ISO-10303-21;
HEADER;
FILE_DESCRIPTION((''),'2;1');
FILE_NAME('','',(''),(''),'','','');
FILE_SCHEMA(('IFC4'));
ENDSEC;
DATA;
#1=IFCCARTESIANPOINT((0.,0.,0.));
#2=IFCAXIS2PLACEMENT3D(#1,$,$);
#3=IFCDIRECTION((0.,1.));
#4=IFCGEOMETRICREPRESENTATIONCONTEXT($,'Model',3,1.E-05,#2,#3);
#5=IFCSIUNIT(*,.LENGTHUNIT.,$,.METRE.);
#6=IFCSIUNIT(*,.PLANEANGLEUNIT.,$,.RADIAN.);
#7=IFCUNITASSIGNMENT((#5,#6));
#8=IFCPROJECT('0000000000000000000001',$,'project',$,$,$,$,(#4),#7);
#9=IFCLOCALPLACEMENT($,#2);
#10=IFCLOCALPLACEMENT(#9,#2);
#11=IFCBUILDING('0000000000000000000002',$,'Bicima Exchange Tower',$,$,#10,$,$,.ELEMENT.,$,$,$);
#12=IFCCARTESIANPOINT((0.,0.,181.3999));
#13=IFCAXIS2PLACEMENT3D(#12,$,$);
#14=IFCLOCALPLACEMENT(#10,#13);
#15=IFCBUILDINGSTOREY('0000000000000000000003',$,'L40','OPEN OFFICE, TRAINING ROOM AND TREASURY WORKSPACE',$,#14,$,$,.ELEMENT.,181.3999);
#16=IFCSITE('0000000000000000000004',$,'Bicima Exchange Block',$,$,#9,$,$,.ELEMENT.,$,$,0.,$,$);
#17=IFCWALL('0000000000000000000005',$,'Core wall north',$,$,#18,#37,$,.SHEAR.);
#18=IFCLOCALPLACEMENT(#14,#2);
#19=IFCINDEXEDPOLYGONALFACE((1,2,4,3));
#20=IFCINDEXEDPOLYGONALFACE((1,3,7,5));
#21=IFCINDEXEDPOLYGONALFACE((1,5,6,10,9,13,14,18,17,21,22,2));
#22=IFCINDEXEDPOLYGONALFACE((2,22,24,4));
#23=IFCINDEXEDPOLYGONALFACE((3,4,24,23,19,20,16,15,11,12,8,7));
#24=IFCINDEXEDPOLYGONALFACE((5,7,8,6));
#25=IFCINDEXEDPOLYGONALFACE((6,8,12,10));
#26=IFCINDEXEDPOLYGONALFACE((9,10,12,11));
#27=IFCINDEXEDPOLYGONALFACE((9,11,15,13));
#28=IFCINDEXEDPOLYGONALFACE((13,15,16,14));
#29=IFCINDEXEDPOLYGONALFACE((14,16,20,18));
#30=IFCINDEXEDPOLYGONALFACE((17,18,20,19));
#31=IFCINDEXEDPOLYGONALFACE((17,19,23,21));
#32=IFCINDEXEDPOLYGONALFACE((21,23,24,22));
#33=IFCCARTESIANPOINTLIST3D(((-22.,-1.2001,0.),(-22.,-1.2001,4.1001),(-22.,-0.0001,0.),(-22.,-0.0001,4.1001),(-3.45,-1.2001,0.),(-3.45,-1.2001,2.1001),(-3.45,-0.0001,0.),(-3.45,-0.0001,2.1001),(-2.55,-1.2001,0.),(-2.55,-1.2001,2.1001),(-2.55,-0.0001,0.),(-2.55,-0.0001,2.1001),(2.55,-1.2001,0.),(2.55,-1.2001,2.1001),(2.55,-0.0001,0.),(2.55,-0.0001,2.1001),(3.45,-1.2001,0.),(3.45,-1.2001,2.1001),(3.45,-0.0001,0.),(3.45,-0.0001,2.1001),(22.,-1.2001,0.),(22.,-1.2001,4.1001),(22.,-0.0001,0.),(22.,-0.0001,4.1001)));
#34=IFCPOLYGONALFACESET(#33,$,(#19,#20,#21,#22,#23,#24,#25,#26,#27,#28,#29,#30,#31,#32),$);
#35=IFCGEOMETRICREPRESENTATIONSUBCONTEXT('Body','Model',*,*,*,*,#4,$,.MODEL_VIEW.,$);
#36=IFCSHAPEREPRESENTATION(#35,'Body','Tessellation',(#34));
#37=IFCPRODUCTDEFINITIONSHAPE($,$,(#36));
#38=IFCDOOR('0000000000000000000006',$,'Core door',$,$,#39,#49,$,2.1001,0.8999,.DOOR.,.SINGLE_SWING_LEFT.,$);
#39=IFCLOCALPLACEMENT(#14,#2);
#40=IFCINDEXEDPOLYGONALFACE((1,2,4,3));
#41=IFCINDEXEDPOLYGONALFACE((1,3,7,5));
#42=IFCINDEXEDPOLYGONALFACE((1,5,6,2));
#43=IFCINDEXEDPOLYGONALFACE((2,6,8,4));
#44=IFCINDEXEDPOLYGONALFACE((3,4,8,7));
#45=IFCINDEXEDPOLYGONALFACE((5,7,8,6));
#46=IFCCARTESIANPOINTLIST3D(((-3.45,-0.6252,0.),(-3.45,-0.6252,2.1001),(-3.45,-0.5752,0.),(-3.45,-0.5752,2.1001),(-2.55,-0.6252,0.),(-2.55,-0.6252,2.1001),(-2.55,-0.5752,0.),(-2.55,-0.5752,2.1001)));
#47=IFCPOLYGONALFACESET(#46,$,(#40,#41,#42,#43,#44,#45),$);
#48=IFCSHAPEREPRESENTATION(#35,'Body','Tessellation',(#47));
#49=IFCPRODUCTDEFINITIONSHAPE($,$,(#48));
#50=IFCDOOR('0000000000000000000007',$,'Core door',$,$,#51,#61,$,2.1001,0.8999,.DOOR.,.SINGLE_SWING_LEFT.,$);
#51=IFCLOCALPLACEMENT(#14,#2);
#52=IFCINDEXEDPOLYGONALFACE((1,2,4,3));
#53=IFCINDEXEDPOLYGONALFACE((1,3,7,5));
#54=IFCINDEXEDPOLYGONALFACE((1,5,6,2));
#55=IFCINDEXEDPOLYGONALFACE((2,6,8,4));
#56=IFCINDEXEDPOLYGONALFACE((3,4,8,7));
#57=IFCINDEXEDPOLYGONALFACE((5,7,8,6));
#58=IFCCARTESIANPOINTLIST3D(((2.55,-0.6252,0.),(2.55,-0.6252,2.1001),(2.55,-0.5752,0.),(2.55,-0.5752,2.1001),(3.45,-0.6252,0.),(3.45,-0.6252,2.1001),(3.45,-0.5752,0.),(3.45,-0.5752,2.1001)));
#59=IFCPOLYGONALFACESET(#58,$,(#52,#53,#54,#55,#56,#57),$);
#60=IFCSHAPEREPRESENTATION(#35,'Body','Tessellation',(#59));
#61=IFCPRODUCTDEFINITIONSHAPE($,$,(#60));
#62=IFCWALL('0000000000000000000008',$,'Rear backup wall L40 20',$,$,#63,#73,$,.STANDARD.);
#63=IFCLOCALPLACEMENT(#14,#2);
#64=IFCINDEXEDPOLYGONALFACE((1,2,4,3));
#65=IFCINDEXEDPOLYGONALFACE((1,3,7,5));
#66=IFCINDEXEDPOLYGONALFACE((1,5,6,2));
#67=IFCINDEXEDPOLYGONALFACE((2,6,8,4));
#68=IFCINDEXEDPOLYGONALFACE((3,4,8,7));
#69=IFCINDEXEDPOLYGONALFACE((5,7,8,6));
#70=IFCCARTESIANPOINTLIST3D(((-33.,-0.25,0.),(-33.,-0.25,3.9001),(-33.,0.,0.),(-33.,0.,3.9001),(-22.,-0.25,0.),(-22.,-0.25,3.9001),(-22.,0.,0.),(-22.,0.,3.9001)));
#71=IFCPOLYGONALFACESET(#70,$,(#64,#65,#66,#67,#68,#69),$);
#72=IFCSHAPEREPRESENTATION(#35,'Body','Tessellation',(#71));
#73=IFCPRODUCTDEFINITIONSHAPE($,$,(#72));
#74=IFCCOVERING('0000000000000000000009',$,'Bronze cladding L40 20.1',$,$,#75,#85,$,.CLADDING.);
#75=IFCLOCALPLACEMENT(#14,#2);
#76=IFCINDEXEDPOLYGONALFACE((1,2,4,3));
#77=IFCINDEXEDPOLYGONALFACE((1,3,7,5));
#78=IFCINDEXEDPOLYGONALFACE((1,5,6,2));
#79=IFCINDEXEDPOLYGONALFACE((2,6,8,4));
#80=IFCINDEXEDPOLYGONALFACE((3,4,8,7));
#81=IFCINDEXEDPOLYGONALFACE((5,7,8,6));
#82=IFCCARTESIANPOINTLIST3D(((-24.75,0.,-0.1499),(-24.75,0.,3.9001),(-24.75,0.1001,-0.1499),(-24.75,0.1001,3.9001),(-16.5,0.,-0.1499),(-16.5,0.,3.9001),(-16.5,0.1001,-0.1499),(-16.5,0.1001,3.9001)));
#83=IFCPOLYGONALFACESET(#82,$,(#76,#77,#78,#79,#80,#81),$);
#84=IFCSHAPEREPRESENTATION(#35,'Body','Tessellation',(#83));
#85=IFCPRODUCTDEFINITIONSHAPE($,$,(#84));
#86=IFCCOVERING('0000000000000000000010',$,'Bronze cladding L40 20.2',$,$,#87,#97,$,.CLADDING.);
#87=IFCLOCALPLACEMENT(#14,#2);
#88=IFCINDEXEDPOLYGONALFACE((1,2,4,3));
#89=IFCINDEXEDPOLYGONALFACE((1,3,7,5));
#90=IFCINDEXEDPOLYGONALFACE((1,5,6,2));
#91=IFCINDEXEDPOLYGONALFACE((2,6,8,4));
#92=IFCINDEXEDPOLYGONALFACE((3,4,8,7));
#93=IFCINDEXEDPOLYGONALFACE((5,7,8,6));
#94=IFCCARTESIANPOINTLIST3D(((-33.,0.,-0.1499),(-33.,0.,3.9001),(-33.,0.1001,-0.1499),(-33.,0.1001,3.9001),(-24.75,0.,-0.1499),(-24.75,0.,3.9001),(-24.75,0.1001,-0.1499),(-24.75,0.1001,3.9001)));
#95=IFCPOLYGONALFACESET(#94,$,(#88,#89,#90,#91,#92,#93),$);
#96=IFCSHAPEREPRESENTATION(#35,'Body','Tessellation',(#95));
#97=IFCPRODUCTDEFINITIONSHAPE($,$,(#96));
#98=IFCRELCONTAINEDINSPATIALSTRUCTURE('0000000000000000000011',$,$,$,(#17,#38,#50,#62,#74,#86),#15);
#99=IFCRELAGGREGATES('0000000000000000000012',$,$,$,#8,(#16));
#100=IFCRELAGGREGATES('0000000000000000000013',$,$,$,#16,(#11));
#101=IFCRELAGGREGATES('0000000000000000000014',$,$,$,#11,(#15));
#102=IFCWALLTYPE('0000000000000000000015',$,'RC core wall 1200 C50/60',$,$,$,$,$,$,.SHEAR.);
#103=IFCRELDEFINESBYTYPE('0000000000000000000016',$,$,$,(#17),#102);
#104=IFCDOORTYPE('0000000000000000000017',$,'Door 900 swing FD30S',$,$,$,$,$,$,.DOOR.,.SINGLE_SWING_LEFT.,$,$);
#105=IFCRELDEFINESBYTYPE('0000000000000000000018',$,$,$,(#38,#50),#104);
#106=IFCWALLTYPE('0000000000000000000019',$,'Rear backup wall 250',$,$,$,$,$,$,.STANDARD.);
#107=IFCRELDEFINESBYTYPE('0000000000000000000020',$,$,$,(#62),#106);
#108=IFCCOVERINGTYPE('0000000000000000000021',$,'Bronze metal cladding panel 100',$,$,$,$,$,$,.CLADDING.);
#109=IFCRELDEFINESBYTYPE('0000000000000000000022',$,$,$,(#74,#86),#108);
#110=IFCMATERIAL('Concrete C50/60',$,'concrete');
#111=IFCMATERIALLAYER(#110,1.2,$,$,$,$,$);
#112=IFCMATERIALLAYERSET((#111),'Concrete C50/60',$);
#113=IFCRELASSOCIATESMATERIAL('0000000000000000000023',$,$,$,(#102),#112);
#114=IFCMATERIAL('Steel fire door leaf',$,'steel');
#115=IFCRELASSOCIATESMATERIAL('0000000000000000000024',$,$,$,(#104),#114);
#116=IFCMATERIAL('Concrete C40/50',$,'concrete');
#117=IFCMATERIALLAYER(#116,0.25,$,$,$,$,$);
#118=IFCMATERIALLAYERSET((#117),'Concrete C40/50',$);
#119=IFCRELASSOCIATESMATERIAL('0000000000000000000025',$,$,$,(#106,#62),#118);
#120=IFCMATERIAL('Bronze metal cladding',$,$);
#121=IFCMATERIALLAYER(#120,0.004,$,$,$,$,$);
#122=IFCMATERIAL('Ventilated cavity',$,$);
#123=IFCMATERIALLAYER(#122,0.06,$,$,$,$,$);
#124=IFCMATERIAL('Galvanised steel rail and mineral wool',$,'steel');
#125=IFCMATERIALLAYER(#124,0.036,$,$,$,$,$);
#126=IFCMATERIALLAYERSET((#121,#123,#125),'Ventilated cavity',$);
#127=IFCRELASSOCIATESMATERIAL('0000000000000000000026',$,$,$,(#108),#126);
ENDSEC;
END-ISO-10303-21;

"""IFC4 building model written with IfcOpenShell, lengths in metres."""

from ifc_helpers import new_model, si_unit, direction, frame, frame_2d, origin, origin_2d, place, context, subcontext, project, spatial, rectangle, extrude, material, layer, layer_set, layer_usage, type_object, element, fill, save


model = new_model("IFC4")

# Units and contexts
model_context = context("Model", 3, precision=1e-05, world=origin(), true_north=direction((0.0, 1.0)))
body_context = subcontext(model_context, "Body", "Model", "MODEL_VIEW")
ifc_project = project(units=[si_unit("LENGTHUNIT", "METRE"), si_unit("PLANEANGLEUNIT", "RADIAN")], contexts=[model_context])

# Site, building, storey
site_placement = place(None, origin())
site = spatial("IfcSite", under=ifc_project, at=site_placement, Name="Bicima Exchange Block", CompositionType="ELEMENT", RefElevation=0.0)
building_placement = place(site_placement, origin())
building = spatial("IfcBuilding", under=site, at=building_placement, Name="Bicima Exchange Tower", CompositionType="ELEMENT")
storey_placement = place(building_placement, frame((0.0, 0.0, 181.3999)))
storey = spatial("IfcBuildingStorey", under=building, at=storey_placement, Name="L40", Description="OPEN OFFICE, TRAINING ROOM AND TREASURY WORKSPACE", CompositionType="ELEMENT", Elevation=181.3999)

# Wall, openings, doors
ifc_material_1 = material(Name="Concrete C50/60", Category="concrete")
ifc_layer_1 = layer(ifc_material_1, 1.2)
ifc_layer_set_1 = layer_set([ifc_layer_1], Name="Concrete C50/60")
wall_type_1 = type_object("IfcWallType", Name="RC core wall 1200 C50/60", PredefinedType="SHEAR", material=ifc_layer_set_1)
wall_1_placement = place(storey_placement, frame((-22.0, -0.6001, 0.0), z_axis=(0.0, 0.0, 1.0), x_axis=(1.0, 0.0, 0.0)))
wall_1 = element("IfcWall", 1, at=wall_1_placement, inside=storey, type_object=wall_type_1, Name="Core wall north", PredefinedType="SHEAR", context=body_context, shape_type="SweptSolid", body=[
    extrude(rectangle(XDim=44.0, YDim=1.2, at=frame_2d((22.0, 0.0))), origin(), (0.0, 0.0, 1.0), 4.1001),
])
opening_1_placement = place(wall_1_placement, frame((18.55, 0.0, 0.0)))
opening_1 = element("IfcOpeningElement", 2, at=opening_1_placement, cuts=wall_1, PredefinedType="OPENING", context=body_context, shape_type="SweptSolid", body=[
    extrude(rectangle(XDim=0.8999, YDim=2.1001, at=frame_2d((0.45, 1.05))), frame((0.0, 0.6118, 0.0), z_axis=(0.0, -1.0, 0.0), x_axis=(1.0, 0.0, 0.0)), (0.0, 0.0, 1.0), 1.2239),
])
opening_2_placement = place(wall_1_placement, frame((24.55, 0.0, 0.0)))
opening_2 = element("IfcOpeningElement", 3, at=opening_2_placement, cuts=wall_1, PredefinedType="OPENING", context=body_context, shape_type="SweptSolid", body=[
    extrude(rectangle(XDim=0.8999, YDim=2.1001, at=frame_2d((0.45, 1.05))), frame((0.0, 0.6118, 0.0), z_axis=(0.0, -1.0, 0.0), x_axis=(1.0, 0.0, 0.0)), (0.0, 0.0, 1.0), 1.2239),
])
ifc_material_2 = material(Name="Steel fire door leaf", Category="steel")
door_type = type_object("IfcDoorType", Name="Door 900 swing FD30S", OperationType="SINGLE_SWING_LEFT", PredefinedType="DOOR", material=ifc_material_2)
door_1_placement = place(opening_1_placement, origin())
door_1 = element("IfcDoor", 4, at=door_1_placement, inside=storey, type_object=door_type, Name="Core door", OperationType="SINGLE_SWING_LEFT", OverallHeight=2.1001, OverallWidth=0.8999, PredefinedType="DOOR", context=body_context, shape_type="SweptSolid", body=[
    extrude(rectangle(XDim=0.8999, YDim=2.1001, at=frame_2d((0.45, 1.05))), frame((0.0, 0.0249, 0.0), z_axis=(0.0, -1.0, 0.0), x_axis=(1.0, 0.0, 0.0)), (0.0, 0.0, 1.0), 0.05),
])
fill(opening_1, door_1)
door_2_placement = place(opening_2_placement, origin())
door_2 = element("IfcDoor", 5, at=door_2_placement, inside=storey, type_object=door_type, Name="Core door", OperationType="SINGLE_SWING_LEFT", OverallHeight=2.1001, OverallWidth=0.8999, PredefinedType="DOOR", context=body_context, shape_type="SweptSolid", body=[
    extrude(rectangle(XDim=0.8999, YDim=2.1001, at=frame_2d((0.45, 1.05))), frame((0.0, 0.0249, 0.0), z_axis=(0.0, -1.0, 0.0), x_axis=(1.0, 0.0, 0.0)), (0.0, 0.0, 1.0), 0.05),
])
fill(opening_2, door_2)

# Wall
ifc_material_3 = material(Name="Concrete C40/50", Category="concrete")
ifc_layer_2 = layer(ifc_material_3, 0.25)
ifc_layer_set_2 = layer_set([ifc_layer_2], Name="Concrete C40/50")
ifc_layer_usage = layer_usage(ifc_layer_set_2, "AXIS2", "POSITIVE", -0.125)
wall_type_2 = type_object("IfcWallType", Name="Rear backup wall 250", PredefinedType="STANDARD", material=ifc_layer_set_2)
wall_2_placement = place(storey_placement, frame((-22.0, -0.125, 0.0), z_axis=(0.0, 0.0, 1.0), x_axis=(-1.0, 0.0, 0.0)))
element("IfcWall", 6, at=wall_2_placement, inside=storey, type_object=wall_type_2, material=ifc_layer_usage, Name="Rear backup wall L40 20", PredefinedType="STANDARD", context=body_context, shape_type="SweptSolid", body=[
    extrude(rectangle(XDim=11.0, YDim=0.25, at=frame_2d((5.5, 0.0))), origin(), (0.0, 0.0, 1.0), 3.9001),
])

# Coverings
ifc_material_4 = material(Name="Bronze metal cladding")
ifc_layer_3 = layer(ifc_material_4, 0.004)
ifc_material_5 = material(Name="Ventilated cavity")
ifc_layer_4 = layer(ifc_material_5, 0.06)
ifc_material_6 = material(Name="Galvanised steel rail and mineral wool", Category="steel")
ifc_layer_5 = layer(ifc_material_6, 0.036)
ifc_layer_set_3 = layer_set([ifc_layer_3, ifc_layer_4, ifc_layer_5], Name="Ventilated cavity")
covering_type = type_object("IfcCoveringType", Name="Bronze metal cladding panel 100", PredefinedType="CLADDING", material=ifc_layer_set_3)
for number, where, z_axis, x_axis, name in (
    (7, (-20.625, 0.05, -0.1499), (0.0, 0.0, 1.0), (-1.0, 0.0, 0.0), "Bronze cladding L40 20.1"),
    (8, (-28.875, 0.05, -0.1499), (0.0, 0.0, 1.0), (-1.0, 0.0, 0.0), "Bronze cladding L40 20.2"),
):
    element("IfcCovering", number, at=place(storey_placement, frame(where, z_axis=z_axis, x_axis=x_axis)), inside=storey, type_object=covering_type, Name=name, PredefinedType="CLADDING", context=body_context, shape_type="SweptSolid", body=[
        extrude(rectangle(XDim=8.25, YDim=0.1001, at=origin_2d()), origin(), (0.0, 0.0, 1.0), 4.05),
    ])

save(model, "model.ifc")
